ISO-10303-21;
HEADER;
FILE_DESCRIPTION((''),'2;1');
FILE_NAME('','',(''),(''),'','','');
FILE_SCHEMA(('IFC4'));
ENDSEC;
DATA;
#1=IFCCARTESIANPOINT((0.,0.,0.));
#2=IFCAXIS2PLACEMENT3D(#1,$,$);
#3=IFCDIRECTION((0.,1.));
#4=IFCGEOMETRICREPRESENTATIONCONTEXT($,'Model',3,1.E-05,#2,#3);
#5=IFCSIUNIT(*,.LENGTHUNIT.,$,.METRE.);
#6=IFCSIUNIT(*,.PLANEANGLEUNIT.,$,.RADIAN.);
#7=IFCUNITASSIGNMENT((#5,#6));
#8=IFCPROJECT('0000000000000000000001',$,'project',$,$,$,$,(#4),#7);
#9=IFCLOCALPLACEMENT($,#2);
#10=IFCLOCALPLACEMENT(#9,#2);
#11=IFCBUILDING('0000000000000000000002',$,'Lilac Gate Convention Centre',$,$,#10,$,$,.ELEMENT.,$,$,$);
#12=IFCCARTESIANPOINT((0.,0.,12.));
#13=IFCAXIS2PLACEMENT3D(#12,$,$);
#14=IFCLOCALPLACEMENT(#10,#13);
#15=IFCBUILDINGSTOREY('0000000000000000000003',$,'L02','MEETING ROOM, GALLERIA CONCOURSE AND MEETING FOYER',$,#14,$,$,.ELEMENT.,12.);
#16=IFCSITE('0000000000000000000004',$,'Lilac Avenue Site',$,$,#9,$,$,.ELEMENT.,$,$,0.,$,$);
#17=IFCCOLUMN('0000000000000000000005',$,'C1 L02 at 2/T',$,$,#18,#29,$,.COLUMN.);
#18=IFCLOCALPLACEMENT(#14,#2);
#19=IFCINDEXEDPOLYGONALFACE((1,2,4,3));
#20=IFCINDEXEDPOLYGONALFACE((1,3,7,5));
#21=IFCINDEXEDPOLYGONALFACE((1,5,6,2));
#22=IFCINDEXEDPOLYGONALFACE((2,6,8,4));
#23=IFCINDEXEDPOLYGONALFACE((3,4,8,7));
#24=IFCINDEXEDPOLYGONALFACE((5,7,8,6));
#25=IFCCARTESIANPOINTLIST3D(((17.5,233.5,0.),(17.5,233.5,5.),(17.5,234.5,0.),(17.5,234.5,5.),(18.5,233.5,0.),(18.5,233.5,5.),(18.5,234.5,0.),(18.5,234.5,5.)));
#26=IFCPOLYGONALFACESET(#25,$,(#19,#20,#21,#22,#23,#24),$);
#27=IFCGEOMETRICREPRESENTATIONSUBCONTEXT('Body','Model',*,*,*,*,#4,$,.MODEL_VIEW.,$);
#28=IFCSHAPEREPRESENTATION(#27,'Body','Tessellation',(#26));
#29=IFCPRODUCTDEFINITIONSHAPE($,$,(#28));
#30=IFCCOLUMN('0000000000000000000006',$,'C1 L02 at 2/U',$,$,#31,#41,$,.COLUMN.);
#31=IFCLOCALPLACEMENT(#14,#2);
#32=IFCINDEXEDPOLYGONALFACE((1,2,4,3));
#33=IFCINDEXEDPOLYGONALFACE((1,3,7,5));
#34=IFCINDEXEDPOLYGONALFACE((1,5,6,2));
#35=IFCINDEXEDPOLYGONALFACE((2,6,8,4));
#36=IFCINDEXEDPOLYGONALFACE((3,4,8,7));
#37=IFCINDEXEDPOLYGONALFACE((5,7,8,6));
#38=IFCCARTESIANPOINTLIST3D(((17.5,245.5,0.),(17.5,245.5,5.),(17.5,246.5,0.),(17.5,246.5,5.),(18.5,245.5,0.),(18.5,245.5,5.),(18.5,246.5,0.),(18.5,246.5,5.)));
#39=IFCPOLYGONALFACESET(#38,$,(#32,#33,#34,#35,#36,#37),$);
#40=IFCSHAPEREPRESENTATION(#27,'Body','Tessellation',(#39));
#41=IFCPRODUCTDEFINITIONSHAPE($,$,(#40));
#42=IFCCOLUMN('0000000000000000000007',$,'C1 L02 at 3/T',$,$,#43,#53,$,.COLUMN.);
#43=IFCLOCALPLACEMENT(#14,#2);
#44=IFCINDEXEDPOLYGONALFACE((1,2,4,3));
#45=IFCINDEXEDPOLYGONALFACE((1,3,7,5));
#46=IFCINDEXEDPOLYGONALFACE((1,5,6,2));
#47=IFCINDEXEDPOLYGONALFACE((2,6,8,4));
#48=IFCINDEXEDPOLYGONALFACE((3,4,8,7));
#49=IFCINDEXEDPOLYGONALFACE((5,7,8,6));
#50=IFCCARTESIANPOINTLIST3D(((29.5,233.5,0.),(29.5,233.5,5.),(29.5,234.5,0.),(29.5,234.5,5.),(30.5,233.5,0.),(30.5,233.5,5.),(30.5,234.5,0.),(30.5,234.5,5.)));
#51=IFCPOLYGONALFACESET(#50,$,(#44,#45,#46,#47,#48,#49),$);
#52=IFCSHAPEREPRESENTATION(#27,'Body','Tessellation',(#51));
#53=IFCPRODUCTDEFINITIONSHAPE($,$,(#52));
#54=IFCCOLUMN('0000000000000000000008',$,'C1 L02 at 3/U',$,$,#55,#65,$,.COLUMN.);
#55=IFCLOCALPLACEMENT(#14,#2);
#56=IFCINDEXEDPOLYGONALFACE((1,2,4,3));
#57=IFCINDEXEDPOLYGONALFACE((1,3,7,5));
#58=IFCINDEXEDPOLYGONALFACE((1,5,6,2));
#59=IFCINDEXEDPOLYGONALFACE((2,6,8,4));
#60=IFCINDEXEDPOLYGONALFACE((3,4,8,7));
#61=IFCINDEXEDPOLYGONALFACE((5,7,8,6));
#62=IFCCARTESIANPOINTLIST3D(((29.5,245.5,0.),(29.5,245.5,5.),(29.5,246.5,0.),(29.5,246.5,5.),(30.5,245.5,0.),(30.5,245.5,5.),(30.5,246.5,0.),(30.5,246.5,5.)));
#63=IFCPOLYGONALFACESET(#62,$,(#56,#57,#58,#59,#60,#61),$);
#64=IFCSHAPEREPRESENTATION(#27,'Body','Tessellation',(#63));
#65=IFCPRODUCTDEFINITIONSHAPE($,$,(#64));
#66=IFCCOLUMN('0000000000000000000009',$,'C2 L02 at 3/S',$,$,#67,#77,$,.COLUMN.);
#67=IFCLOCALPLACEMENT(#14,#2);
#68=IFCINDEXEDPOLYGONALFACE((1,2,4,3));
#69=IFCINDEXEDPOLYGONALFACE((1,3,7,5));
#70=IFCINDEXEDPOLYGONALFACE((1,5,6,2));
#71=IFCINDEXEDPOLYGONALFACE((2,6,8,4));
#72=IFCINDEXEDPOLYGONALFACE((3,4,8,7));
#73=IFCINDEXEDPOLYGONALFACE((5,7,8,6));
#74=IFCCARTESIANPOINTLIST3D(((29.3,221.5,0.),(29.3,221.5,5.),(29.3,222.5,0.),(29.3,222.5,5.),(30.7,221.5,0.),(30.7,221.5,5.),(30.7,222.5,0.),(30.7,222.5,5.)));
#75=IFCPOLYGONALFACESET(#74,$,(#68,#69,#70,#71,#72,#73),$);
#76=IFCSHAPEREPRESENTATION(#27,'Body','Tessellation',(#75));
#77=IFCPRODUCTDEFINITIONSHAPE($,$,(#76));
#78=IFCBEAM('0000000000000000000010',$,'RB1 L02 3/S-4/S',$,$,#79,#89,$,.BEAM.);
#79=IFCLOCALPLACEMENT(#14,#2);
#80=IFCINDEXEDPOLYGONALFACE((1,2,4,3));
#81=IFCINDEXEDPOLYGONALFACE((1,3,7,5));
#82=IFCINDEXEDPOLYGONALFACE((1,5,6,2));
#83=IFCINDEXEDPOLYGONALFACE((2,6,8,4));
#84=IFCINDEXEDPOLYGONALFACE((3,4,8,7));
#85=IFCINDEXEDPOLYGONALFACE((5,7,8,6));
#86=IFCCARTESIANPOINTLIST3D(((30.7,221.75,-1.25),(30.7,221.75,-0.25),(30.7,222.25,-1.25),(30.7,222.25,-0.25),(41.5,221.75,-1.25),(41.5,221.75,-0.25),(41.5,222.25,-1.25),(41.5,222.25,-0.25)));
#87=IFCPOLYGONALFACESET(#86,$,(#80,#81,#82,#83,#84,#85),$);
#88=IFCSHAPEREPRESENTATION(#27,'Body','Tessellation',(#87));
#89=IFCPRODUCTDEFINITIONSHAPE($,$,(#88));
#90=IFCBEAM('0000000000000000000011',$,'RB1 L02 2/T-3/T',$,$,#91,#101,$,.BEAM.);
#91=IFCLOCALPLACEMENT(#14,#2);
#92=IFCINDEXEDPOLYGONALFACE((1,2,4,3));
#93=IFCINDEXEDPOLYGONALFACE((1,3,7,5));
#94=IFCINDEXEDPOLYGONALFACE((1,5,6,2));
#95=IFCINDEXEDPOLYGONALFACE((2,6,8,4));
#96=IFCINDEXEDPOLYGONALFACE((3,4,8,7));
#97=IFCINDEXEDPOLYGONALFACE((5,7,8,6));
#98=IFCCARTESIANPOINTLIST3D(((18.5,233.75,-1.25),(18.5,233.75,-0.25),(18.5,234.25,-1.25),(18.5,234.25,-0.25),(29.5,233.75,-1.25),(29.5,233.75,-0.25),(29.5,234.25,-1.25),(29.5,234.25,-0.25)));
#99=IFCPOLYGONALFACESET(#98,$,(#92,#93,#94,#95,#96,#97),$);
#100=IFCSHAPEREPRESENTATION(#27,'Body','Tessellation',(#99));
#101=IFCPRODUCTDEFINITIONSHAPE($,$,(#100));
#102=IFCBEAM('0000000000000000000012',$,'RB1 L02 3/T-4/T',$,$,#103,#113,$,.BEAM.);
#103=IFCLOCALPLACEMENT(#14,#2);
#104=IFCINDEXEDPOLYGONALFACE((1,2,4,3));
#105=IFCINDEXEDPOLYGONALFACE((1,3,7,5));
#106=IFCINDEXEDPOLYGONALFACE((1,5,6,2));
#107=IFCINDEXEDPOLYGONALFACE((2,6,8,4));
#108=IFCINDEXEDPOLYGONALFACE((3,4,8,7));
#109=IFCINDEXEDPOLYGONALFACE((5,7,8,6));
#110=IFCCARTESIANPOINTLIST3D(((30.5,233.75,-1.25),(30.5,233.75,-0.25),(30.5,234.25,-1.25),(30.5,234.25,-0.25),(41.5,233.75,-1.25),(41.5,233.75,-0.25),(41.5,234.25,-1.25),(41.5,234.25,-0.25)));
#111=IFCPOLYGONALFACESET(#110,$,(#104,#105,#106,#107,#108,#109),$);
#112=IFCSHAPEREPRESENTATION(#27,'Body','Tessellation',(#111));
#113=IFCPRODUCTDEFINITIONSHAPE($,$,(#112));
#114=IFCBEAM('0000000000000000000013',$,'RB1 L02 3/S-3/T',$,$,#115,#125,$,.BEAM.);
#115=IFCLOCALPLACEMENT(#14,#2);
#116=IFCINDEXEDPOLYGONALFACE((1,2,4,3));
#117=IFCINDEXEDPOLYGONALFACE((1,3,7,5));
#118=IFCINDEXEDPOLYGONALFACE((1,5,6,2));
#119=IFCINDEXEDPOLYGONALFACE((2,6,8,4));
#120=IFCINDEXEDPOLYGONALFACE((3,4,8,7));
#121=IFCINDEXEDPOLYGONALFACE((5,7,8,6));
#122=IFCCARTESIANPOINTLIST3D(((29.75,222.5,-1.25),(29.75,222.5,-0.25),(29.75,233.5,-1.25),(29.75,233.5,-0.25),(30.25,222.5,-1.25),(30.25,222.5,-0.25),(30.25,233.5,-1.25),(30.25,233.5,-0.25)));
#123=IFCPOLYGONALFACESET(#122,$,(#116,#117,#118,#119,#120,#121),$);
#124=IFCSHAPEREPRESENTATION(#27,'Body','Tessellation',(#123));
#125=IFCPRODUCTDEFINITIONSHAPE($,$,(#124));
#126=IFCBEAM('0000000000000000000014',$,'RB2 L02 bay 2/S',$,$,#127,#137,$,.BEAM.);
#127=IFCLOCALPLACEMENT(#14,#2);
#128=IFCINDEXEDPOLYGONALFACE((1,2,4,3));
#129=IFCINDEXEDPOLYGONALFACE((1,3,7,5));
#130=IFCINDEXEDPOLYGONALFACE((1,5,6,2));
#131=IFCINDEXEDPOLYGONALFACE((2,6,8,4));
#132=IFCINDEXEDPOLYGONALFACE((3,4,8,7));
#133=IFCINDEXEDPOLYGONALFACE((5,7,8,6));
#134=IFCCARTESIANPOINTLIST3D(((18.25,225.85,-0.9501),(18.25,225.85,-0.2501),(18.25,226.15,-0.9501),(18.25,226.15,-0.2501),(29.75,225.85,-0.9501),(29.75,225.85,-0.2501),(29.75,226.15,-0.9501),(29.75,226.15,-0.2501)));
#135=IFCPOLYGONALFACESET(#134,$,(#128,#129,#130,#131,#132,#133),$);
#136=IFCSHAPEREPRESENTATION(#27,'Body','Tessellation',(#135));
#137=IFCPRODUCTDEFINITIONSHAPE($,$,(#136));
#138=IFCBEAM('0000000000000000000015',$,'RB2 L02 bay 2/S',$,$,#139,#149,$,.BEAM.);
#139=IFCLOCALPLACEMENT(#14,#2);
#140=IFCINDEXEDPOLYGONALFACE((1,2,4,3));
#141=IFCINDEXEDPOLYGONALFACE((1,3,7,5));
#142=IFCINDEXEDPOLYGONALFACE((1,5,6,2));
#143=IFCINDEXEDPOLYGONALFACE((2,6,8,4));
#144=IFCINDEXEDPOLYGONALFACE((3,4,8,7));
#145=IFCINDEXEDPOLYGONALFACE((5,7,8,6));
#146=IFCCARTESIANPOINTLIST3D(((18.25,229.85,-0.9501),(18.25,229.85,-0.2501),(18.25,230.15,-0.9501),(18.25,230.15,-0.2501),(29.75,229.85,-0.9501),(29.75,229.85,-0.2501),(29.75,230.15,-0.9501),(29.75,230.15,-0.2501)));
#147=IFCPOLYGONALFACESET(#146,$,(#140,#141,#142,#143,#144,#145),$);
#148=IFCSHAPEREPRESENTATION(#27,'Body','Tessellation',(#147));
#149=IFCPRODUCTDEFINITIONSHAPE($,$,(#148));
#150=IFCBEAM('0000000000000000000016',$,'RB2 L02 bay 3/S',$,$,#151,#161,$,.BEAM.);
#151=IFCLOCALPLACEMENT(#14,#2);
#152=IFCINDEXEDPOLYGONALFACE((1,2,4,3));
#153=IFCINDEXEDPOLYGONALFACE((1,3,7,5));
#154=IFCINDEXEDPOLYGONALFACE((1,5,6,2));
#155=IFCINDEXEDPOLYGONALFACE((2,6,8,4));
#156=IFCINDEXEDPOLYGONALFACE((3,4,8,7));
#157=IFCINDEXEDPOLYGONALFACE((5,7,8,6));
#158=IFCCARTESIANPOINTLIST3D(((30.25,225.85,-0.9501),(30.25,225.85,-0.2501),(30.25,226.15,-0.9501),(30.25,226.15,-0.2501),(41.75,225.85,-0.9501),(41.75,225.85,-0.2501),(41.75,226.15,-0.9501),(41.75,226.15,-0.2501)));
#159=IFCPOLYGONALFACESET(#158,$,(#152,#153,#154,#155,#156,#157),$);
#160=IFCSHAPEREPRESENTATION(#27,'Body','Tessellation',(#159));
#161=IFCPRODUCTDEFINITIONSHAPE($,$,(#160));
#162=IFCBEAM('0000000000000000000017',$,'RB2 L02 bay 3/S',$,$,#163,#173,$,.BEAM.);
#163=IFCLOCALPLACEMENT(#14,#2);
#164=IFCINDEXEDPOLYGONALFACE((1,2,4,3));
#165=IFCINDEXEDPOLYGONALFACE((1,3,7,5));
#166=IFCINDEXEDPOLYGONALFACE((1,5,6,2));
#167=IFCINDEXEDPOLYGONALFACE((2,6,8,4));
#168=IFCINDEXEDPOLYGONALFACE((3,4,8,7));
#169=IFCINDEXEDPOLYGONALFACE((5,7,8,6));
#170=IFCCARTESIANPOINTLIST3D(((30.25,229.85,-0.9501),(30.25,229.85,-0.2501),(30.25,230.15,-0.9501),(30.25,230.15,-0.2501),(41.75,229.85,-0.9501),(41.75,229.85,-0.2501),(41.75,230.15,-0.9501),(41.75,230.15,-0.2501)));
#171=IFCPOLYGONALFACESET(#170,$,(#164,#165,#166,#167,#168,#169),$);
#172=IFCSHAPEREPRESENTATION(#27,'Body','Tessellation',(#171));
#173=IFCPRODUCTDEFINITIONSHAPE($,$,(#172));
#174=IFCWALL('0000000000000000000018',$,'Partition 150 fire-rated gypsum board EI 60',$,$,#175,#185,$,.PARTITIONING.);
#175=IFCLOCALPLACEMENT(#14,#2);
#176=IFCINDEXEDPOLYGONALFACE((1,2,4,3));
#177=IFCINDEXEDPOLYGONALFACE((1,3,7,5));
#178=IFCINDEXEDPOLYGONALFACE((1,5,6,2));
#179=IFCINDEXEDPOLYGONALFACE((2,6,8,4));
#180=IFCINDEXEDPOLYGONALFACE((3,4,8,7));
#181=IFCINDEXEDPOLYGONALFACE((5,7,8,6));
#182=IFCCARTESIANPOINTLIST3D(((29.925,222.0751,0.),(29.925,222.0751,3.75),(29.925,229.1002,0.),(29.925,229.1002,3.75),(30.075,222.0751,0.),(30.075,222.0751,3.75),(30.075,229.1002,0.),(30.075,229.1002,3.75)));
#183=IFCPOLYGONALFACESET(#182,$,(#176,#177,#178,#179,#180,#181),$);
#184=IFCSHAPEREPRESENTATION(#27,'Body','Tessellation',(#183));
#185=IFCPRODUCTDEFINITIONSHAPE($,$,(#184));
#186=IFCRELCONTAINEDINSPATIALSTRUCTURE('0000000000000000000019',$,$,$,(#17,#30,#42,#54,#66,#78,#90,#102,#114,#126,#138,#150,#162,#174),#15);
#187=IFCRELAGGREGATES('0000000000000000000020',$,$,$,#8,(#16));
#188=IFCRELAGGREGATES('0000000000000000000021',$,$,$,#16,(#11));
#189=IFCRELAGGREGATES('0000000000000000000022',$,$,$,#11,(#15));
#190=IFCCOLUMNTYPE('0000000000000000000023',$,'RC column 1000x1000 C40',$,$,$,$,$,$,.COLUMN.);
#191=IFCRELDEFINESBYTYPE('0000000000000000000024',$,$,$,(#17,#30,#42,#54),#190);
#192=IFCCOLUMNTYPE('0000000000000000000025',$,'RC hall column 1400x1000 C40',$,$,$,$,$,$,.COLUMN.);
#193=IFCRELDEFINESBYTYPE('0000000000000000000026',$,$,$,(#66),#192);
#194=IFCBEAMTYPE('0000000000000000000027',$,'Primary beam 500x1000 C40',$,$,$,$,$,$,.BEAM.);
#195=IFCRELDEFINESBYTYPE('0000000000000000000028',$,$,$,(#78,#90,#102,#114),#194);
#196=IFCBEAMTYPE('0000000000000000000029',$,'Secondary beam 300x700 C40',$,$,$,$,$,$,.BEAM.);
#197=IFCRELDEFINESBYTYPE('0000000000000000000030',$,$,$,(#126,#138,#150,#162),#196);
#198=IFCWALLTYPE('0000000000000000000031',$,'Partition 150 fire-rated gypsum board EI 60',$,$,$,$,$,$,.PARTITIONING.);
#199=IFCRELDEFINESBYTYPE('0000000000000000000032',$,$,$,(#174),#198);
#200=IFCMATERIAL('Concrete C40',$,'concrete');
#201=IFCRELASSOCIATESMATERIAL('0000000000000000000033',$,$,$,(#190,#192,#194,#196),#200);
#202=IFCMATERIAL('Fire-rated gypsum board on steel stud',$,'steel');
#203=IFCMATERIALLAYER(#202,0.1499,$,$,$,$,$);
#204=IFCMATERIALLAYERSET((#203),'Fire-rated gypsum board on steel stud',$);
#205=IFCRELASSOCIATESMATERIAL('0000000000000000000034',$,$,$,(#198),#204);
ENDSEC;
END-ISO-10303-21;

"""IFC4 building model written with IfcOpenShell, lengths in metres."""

from ifc_helpers import new_model, si_unit, direction, frame, frame_2d, origin, origin_2d, place, context, subcontext, project, spatial, rectangle, extrude, material, layer, layer_set, material_profile, profile_set, type_object, element, save


model = new_model("IFC4")

# Units and contexts
model_context = context("Model", 3, precision=1e-05, world=origin(), true_north=direction((0.0, 1.0)))
body_context = subcontext(model_context, "Body", "Model", "MODEL_VIEW")
ifc_project = project(units=[si_unit("LENGTHUNIT", "METRE"), si_unit("PLANEANGLEUNIT", "RADIAN")], contexts=[model_context])

# Site, building, storey
site_placement = place(None, origin())
site = spatial("IfcSite", under=ifc_project, at=site_placement, Name="Lilac Avenue Site", CompositionType="ELEMENT", RefElevation=0.0)
building_placement = place(site_placement, origin())
building = spatial("IfcBuilding", under=site, at=building_placement, Name="Lilac Gate Convention Centre", CompositionType="ELEMENT")
storey_placement = place(building_placement, frame((0.0, 0.0, 12.0)))
storey = spatial("IfcBuildingStorey", under=building, at=storey_placement, Name="L02", Description="MEETING ROOM, GALLERIA CONCOURSE AND MEETING FOYER", CompositionType="ELEMENT", Elevation=12.0)

# Columns
ifc_material_1 = material(Name="Concrete C40", Category="concrete")
ifc_material_profile_1 = material_profile(ifc_material_1, rectangle(XDim=1.0, YDim=1.0, at=origin_2d()), Name="RC 1000x1000")
ifc_profile_set_1 = profile_set([ifc_material_profile_1], Name="Concrete C40")
column_type_1 = type_object("IfcColumnType", Name="RC column 1000x1000 C40", PredefinedType="COLUMN", material=ifc_profile_set_1)
for number, where, z_axis, x_axis, name in (
    (1, (18.0, 234.0, 0.0), (0.0, 0.0, 1.0), (1.0, 0.0, 0.0), "C1 L02 at 2/T"),
    (2, (18.0, 246.0, 0.0), (0.0, 0.0, 1.0), (1.0, 0.0, 0.0), "C1 L02 at 2/U"),
    (3, (30.0, 234.0, 0.0), (0.0, 0.0, 1.0), (1.0, 0.0, 0.0), "C1 L02 at 3/T"),
    (4, (30.0, 246.0, 0.0), (0.0, 0.0, 1.0), (1.0, 0.0, 0.0), "C1 L02 at 3/U"),
):
    element("IfcColumn", number, at=place(storey_placement, frame(where, z_axis=z_axis, x_axis=x_axis)), inside=storey, type_object=column_type_1, Name=name, PredefinedType="COLUMN", context=body_context, shape_type="SweptSolid", body=[
        extrude(rectangle(XDim=1.0, YDim=1.0, at=origin_2d()), origin(), (0.0, 0.0, 1.0), 5.0),
    ])
ifc_material_profile_2 = material_profile(ifc_material_1, rectangle(XDim=1.3999, YDim=1.0, at=origin_2d()), Name="RC 1400x1000")
ifc_profile_set_2 = profile_set([ifc_material_profile_2], Name="Concrete C40")
column_type_2 = type_object("IfcColumnType", Name="RC hall column 1400x1000 C40", PredefinedType="COLUMN", material=ifc_profile_set_2)
column_placement = place(storey_placement, frame((30.0, 222.0, 0.0), z_axis=(0.0, 0.0, 1.0), x_axis=(1.0, 0.0, 0.0)))
element("IfcColumn", 5, at=column_placement, inside=storey, type_object=column_type_2, Name="C2 L02 at 3/S", PredefinedType="COLUMN", context=body_context, shape_type="SweptSolid", body=[
    extrude(rectangle(XDim=1.3999, YDim=1.0, at=origin_2d()), origin(), (0.0, 0.0, 1.0), 5.0),
])

# Beams
ifc_material_profile_3 = material_profile(ifc_material_1, rectangle(XDim=0.5, YDim=1.0, at=origin_2d()), Name="RC 500x1000")
ifc_profile_set_3 = profile_set([ifc_material_profile_3], Name="Concrete C40")
beam_type_1 = type_object("IfcBeamType", Name="Primary beam 500x1000 C40", PredefinedType="BEAM", material=ifc_profile_set_3)
beam_placement = place(storey_placement, frame((30.7, 222.0, -0.75), z_axis=(1.0, 0.0, 0.0), x_axis=(0.0, 1.0, 0.0)))
element("IfcBeam", 6, at=beam_placement, inside=storey, type_object=beam_type_1, Name="RB1 L02 3/S-4/S", PredefinedType="BEAM", context=body_context, shape_type="SweptSolid", body=[
    extrude(rectangle(XDim=0.5, YDim=1.0, at=origin_2d()), origin(), (0.0, 0.0, 1.0), 10.8),
])
for number, where, z_axis, x_axis, name in (
    (7, (18.5, 234.0, -0.75), (1.0, 0.0, 0.0), (0.0, 1.0, 0.0), "RB1 L02 2/T-3/T"),
    (8, (30.5, 234.0, -0.75), (1.0, 0.0, 0.0), (0.0, 1.0, 0.0), "RB1 L02 3/T-4/T"),
    (9, (30.0, 222.5, -0.75), (0.0, 1.0, 0.0), (-1.0, 0.0, 0.0), "RB1 L02 3/S-3/T"),
):
    element("IfcBeam", number, at=place(storey_placement, frame(where, z_axis=z_axis, x_axis=x_axis)), inside=storey, type_object=beam_type_1, Name=name, PredefinedType="BEAM", context=body_context, shape_type="SweptSolid", body=[
        extrude(rectangle(XDim=0.5, YDim=1.0, at=origin_2d()), origin(), (0.0, 0.0, 1.0), 11.0),
    ])
ifc_material_profile_4 = material_profile(ifc_material_1, rectangle(XDim=0.3, YDim=0.7, at=origin_2d()), Name="RC 300x700")
ifc_profile_set_4 = profile_set([ifc_material_profile_4], Name="Concrete C40")
beam_type_2 = type_object("IfcBeamType", Name="Secondary beam 300x700 C40", PredefinedType="BEAM", material=ifc_profile_set_4)
for number, where, z_axis, x_axis, name in (
    (10, (18.25, 226.0, -0.6001), (1.0, 0.0, 0.0), (0.0, 1.0, 0.0), "RB2 L02 bay 2/S"),
    (11, (18.25, 230.0, -0.6001), (1.0, 0.0, 0.0), (0.0, 1.0, 0.0), "RB2 L02 bay 2/S"),
    (12, (30.25, 226.0, -0.6001), (1.0, 0.0, 0.0), (0.0, 1.0, 0.0), "RB2 L02 bay 3/S"),
    (13, (30.25, 230.0, -0.6001), (1.0, 0.0, 0.0), (0.0, 1.0, 0.0), "RB2 L02 bay 3/S"),
):
    element("IfcBeam", number, at=place(storey_placement, frame(where, z_axis=z_axis, x_axis=x_axis)), inside=storey, type_object=beam_type_2, Name=name, PredefinedType="BEAM", context=body_context, shape_type="SweptSolid", body=[
        extrude(rectangle(XDim=0.3, YDim=0.7, at=origin_2d()), origin(), (0.0, 0.0, 1.0), 11.5),
    ])

# Wall
ifc_material_2 = material(Name="Fire-rated gypsum board on steel stud", Category="steel")
ifc_layer_1 = layer(ifc_material_2, 0.1499)
ifc_layer_set_1 = layer_set([ifc_layer_1], Name="Fire-rated gypsum board on steel stud")
wall_type_1 = type_object("IfcWallType", Name="Partition 150 fire-rated gypsum board EI 60", PredefinedType="PARTITIONING", material=ifc_layer_set_1)
wall_1_placement = place(storey_placement, frame((30.0, 222.075, 0.0), z_axis=(0.0, 0.0, 1.0), x_axis=(0.0, 1.0, 0.0)))
element("IfcWall", 14, at=wall_1_placement, inside=storey, type_object=wall_type_1, Name="Partition 150 fire-rated gypsum board EI 60", PredefinedType="PARTITIONING", context=body_context, shape_type="SweptSolid", body=[
    extrude(rectangle(XDim=7.0251, YDim=0.1499, at=frame_2d((3.5127, 0.0))), origin(), (0.0, 0.0, 1.0), 3.75),
])

save(model, "model.ifc")
